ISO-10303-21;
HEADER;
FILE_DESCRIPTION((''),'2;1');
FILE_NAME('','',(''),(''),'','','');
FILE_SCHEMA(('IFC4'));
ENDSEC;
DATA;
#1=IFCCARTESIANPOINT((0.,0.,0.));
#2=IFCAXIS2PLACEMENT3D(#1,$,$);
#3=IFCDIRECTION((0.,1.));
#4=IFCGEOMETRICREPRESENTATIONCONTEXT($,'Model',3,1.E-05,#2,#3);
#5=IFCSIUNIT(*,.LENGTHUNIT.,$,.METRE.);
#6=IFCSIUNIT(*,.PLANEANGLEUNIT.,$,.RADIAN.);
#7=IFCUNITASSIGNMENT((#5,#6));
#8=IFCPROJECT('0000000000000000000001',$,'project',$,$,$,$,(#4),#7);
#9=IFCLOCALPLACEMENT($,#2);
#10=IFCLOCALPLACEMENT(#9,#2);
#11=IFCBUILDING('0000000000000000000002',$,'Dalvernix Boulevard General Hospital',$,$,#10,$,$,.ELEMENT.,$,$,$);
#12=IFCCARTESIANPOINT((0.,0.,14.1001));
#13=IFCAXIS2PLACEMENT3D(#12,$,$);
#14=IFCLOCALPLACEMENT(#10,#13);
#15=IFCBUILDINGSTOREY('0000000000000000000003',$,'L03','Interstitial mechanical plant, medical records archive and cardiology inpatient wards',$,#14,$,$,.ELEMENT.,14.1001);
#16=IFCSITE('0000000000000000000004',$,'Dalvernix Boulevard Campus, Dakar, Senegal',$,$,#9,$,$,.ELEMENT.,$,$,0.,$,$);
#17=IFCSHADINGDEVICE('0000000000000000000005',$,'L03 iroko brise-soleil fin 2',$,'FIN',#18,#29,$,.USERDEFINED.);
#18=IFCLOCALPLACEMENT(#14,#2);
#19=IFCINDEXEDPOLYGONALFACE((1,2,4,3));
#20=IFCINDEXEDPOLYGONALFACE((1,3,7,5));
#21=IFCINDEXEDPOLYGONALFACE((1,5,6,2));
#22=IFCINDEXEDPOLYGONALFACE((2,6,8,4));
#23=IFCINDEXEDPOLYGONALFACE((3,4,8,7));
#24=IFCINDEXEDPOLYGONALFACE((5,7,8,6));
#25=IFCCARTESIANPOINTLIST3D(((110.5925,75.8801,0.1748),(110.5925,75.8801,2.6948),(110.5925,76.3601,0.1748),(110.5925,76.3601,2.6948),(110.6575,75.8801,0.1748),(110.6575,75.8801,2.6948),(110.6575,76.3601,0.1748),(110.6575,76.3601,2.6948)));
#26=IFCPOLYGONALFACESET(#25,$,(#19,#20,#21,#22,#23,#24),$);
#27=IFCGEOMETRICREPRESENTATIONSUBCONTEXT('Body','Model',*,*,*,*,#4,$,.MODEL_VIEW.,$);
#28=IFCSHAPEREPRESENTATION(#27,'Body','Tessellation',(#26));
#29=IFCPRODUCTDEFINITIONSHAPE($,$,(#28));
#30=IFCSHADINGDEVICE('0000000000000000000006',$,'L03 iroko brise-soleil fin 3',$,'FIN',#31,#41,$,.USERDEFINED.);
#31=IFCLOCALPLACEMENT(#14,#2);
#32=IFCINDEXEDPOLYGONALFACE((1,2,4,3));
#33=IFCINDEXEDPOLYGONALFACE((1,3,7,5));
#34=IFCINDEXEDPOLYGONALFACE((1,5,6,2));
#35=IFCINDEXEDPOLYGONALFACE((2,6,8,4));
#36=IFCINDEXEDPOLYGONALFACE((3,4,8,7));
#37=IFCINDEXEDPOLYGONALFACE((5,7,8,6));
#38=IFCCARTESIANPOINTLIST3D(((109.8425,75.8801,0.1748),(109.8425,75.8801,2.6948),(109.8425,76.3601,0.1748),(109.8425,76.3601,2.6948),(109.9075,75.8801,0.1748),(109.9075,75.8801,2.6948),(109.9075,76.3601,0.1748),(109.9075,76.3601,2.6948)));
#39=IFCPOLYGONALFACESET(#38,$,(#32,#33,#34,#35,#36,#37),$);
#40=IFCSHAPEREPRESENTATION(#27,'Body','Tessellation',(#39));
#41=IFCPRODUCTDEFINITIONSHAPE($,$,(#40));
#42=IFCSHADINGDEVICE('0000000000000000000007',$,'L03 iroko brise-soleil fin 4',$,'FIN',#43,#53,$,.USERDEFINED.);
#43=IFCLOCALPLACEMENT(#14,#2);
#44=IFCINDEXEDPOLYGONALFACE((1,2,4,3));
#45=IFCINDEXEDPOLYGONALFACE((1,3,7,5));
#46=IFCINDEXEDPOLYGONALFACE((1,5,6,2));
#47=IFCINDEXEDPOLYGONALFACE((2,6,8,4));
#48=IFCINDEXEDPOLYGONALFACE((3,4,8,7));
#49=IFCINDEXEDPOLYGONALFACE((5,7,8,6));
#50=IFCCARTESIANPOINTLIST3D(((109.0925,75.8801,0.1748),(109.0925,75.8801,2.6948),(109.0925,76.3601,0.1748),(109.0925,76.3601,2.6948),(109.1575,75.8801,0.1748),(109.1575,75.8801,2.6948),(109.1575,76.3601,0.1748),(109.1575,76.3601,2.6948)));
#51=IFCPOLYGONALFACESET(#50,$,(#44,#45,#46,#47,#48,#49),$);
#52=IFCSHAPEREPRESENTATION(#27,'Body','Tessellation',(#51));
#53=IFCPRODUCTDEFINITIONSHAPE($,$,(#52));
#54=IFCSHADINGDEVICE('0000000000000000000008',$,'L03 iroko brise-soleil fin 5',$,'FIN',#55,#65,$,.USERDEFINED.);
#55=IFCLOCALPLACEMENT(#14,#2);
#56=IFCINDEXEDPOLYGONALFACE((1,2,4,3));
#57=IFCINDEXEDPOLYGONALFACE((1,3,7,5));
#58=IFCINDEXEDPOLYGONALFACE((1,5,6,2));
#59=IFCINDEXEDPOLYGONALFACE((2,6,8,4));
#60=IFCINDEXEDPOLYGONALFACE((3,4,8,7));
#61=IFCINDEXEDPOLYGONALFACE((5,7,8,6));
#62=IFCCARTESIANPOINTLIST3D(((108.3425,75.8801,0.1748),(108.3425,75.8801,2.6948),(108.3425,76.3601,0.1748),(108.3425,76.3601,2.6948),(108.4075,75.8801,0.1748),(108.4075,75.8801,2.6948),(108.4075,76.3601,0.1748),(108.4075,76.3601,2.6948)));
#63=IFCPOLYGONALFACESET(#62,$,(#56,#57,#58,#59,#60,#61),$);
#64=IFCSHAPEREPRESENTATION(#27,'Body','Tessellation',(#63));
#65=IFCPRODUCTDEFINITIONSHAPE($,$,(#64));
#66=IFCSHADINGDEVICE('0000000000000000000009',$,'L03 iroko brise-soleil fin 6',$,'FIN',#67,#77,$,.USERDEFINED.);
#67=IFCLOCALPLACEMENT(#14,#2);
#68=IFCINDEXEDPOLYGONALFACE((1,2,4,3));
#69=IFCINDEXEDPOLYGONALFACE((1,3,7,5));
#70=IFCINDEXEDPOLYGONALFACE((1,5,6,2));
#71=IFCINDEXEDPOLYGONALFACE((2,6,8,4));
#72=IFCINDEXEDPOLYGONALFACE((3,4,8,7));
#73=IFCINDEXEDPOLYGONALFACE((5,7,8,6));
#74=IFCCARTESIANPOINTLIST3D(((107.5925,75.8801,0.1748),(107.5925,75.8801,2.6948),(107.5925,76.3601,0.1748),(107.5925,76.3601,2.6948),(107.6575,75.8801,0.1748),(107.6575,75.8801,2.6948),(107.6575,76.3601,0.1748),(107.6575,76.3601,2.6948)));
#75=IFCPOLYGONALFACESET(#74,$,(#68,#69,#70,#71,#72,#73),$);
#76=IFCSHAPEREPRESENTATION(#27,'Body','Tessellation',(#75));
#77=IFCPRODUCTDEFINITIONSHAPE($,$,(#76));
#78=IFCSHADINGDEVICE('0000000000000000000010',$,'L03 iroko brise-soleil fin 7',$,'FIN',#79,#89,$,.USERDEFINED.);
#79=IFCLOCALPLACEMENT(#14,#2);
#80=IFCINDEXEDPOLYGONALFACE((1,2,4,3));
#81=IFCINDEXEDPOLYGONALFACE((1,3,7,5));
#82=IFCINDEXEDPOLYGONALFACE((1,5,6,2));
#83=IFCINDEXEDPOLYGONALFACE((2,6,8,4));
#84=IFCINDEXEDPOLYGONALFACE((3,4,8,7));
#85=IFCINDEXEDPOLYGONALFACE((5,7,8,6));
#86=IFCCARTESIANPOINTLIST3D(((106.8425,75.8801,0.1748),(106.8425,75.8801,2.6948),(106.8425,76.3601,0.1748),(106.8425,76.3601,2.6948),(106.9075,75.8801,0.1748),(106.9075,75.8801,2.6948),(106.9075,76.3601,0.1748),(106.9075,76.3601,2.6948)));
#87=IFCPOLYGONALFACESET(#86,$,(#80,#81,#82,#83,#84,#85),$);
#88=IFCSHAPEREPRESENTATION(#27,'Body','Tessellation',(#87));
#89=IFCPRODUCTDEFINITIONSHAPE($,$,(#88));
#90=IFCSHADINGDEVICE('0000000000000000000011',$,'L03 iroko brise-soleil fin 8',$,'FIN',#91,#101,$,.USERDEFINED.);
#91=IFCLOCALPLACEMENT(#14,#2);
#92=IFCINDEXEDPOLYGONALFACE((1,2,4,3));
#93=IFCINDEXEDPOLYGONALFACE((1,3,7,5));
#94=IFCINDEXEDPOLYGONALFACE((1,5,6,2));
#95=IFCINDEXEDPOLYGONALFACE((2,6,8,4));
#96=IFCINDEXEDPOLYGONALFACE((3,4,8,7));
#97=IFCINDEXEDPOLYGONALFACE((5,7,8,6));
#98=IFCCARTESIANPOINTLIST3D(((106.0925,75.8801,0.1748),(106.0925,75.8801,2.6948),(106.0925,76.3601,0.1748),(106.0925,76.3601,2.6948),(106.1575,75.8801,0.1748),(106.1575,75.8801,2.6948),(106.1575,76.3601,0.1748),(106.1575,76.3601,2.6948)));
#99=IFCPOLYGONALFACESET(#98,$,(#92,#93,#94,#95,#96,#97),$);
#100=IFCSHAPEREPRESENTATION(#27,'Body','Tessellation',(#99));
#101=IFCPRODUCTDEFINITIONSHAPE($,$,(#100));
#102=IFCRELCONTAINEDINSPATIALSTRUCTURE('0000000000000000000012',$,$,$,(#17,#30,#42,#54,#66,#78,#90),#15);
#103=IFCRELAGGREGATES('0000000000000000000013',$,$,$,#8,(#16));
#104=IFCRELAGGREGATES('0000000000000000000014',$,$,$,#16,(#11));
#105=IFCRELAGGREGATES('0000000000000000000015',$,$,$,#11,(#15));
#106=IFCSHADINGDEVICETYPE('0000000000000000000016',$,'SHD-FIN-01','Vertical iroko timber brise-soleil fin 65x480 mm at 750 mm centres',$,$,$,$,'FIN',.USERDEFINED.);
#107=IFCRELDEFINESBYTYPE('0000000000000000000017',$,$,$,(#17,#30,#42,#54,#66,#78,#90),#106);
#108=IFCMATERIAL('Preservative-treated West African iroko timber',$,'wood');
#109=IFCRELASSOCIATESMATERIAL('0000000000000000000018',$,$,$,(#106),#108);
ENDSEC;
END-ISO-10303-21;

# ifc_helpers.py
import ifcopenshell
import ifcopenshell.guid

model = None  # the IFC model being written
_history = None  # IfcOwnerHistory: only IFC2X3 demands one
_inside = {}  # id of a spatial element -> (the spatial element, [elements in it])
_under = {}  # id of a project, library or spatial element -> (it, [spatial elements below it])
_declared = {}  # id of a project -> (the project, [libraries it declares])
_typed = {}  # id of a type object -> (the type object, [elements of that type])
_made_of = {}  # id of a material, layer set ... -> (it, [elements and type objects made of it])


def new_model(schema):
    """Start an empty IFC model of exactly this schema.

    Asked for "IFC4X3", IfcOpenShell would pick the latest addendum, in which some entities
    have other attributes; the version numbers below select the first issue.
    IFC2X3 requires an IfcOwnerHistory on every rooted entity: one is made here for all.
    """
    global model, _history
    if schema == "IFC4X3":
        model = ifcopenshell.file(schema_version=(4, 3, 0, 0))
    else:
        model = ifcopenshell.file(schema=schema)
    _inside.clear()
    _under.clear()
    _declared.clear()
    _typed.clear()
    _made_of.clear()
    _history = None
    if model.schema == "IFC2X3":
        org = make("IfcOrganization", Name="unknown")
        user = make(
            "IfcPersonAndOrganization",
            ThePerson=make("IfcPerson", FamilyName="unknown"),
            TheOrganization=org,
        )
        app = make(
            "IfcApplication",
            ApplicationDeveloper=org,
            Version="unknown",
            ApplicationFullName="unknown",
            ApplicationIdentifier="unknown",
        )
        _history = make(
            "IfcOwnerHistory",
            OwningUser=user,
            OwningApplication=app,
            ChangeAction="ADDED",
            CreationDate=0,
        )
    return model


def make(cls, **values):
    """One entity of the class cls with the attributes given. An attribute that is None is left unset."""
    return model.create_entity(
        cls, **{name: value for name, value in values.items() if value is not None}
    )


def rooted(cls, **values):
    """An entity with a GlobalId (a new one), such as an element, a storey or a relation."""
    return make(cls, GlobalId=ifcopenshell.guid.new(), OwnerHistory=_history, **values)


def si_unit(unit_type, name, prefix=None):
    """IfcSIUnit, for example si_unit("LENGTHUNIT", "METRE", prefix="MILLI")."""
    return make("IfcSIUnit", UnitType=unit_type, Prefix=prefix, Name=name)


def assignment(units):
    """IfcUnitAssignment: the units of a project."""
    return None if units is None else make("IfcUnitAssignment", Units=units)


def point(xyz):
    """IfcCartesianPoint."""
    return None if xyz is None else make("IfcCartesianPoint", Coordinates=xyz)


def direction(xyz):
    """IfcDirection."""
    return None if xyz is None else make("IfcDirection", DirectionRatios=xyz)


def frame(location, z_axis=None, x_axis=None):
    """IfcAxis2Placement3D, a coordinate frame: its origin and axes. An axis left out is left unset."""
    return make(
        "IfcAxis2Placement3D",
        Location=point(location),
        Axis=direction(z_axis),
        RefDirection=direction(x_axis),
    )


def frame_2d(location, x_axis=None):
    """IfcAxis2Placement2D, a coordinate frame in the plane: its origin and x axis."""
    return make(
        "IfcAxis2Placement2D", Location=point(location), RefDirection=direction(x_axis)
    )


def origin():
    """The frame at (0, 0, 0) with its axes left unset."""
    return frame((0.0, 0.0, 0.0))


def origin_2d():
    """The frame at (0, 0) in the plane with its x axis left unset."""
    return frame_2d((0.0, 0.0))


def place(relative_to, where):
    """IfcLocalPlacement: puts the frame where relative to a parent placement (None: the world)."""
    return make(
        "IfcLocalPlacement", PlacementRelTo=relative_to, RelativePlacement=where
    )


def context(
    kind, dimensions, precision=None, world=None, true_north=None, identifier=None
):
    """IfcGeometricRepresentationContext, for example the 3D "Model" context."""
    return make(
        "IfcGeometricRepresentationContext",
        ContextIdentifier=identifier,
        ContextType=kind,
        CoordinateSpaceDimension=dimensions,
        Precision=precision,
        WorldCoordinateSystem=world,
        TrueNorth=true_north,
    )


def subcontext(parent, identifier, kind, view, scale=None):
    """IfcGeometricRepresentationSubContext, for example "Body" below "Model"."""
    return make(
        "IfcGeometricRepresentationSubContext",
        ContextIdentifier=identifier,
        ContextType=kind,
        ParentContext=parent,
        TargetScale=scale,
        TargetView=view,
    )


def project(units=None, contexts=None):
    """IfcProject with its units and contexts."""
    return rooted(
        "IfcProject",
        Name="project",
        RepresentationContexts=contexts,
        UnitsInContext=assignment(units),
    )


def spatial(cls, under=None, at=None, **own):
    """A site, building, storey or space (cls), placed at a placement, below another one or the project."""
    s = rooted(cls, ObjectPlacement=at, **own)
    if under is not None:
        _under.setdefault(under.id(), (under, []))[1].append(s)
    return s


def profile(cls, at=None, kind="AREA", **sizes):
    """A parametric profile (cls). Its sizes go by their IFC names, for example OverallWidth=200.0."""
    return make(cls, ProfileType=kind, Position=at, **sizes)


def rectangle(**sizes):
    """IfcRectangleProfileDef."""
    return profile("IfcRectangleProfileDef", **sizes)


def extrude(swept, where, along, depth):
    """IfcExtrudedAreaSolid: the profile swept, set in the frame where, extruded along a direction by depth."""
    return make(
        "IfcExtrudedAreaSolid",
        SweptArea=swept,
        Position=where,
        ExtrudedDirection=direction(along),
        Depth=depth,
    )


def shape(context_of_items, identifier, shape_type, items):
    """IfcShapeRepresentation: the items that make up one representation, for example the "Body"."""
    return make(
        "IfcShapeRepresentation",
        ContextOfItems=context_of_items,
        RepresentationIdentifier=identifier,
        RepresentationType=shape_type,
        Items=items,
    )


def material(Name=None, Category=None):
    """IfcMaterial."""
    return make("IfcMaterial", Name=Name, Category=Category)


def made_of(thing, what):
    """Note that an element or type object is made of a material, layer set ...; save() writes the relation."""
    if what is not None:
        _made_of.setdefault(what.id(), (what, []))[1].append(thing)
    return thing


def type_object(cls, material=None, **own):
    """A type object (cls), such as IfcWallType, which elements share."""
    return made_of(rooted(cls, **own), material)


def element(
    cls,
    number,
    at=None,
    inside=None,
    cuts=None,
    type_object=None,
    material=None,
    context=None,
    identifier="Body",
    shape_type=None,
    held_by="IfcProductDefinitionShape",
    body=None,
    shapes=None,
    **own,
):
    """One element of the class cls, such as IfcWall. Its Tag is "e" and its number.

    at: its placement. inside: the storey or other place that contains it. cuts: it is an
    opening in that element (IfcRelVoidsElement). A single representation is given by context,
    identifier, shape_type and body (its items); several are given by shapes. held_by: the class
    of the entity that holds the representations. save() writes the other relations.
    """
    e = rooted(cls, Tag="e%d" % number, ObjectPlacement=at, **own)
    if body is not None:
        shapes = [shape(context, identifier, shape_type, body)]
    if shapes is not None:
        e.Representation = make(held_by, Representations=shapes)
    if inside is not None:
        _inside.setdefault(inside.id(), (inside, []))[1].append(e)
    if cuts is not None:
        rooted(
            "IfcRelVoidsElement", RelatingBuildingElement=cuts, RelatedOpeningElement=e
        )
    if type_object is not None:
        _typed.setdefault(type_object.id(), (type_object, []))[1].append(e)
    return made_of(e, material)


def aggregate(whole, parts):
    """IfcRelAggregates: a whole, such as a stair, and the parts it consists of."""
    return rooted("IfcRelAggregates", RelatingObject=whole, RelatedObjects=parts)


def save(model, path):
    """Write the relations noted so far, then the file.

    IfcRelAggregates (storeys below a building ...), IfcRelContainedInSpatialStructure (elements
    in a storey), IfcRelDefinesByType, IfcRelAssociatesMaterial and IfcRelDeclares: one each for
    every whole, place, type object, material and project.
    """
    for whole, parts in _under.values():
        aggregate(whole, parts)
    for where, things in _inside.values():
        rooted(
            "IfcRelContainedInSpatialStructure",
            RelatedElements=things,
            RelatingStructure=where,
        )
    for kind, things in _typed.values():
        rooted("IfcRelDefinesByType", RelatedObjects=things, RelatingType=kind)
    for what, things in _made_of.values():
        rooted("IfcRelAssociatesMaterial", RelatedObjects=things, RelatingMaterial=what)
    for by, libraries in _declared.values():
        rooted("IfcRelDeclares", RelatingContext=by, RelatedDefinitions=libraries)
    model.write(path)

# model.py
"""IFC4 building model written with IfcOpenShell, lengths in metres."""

from ifc_helpers import new_model, si_unit, direction, frame, origin, origin_2d, place, context, subcontext, project, spatial, rectangle, extrude, material, type_object, element, save


model = new_model("IFC4")

# Units and contexts
model_context = context("Model", 3, precision=1e-05, world=origin(), true_north=direction((0.0, 1.0)))
body_context = subcontext(model_context, "Body", "Model", "MODEL_VIEW")
ifc_project = project(units=[si_unit("LENGTHUNIT", "METRE"), si_unit("PLANEANGLEUNIT", "RADIAN")], contexts=[model_context])

# Site, building, storey
site_placement = place(None, origin())
site = spatial("IfcSite", under=ifc_project, at=site_placement, Name="Dalvernix Boulevard Campus, Dakar, Senegal", CompositionType="ELEMENT", RefElevation=0.0)
building_placement = place(site_placement, origin())
building = spatial("IfcBuilding", under=site, at=building_placement, Name="Dalvernix Boulevard General Hospital", CompositionType="ELEMENT")
storey_placement = place(building_placement, frame((0.0, 0.0, 14.1001)))
storey = spatial("IfcBuildingStorey", under=building, at=storey_placement, Name="L03", Description="Interstitial mechanical plant, medical records archive and cardiology inpatient wards", CompositionType="ELEMENT", Elevation=14.1001)

# Shading devices
ifc_material_1 = material(Name="Preservative-treated West African iroko timber", Category="wood")
shading_device_type = type_object("IfcShadingDeviceType", Name="SHD-FIN-01", Description="Vertical iroko timber brise-soleil fin 65x480 mm at 750 mm centres", ElementType="FIN", PredefinedType="USERDEFINED", material=ifc_material_1)
for number, where, z_axis, x_axis, name in (
    (1, (110.625, 76.1201, 0.1748), (0.0, 0.0, 1.0), (-1.0, 0.0, 0.0), "L03 iroko brise-soleil fin 2"),
    (2, (109.875, 76.1201, 0.1748), (0.0, 0.0, 1.0), (-1.0, 0.0, 0.0), "L03 iroko brise-soleil fin 3"),
    (3, (109.125, 76.1201, 0.1748), (0.0, 0.0, 1.0), (-1.0, 0.0, 0.0), "L03 iroko brise-soleil fin 4"),
    (4, (108.375, 76.1201, 0.1748), (0.0, 0.0, 1.0), (-1.0, 0.0, 0.0), "L03 iroko brise-soleil fin 5"),
    (5, (107.625, 76.1201, 0.1748), (0.0, 0.0, 1.0), (-1.0, 0.0, 0.0), "L03 iroko brise-soleil fin 6"),
    (6, (106.875, 76.1201, 0.1748), (0.0, 0.0, 1.0), (-1.0, 0.0, 0.0), "L03 iroko brise-soleil fin 7"),
    (7, (106.125, 76.1201, 0.1748), (0.0, 0.0, 1.0), (-1.0, 0.0, 0.0), "L03 iroko brise-soleil fin 8"),
):
    element("IfcShadingDevice", number, at=place(storey_placement, frame(where, z_axis=z_axis, x_axis=x_axis)), inside=storey, type_object=shading_device_type, Name=name, ObjectType="FIN", PredefinedType="USERDEFINED", context=body_context, shape_type="SweptSolid", body=[
        extrude(rectangle(XDim=0.0649, YDim=0.48, at=origin_2d()), origin(), (0.0, 0.0, 1.0), 2.52),
    ])

save(model, "model.ifc")
